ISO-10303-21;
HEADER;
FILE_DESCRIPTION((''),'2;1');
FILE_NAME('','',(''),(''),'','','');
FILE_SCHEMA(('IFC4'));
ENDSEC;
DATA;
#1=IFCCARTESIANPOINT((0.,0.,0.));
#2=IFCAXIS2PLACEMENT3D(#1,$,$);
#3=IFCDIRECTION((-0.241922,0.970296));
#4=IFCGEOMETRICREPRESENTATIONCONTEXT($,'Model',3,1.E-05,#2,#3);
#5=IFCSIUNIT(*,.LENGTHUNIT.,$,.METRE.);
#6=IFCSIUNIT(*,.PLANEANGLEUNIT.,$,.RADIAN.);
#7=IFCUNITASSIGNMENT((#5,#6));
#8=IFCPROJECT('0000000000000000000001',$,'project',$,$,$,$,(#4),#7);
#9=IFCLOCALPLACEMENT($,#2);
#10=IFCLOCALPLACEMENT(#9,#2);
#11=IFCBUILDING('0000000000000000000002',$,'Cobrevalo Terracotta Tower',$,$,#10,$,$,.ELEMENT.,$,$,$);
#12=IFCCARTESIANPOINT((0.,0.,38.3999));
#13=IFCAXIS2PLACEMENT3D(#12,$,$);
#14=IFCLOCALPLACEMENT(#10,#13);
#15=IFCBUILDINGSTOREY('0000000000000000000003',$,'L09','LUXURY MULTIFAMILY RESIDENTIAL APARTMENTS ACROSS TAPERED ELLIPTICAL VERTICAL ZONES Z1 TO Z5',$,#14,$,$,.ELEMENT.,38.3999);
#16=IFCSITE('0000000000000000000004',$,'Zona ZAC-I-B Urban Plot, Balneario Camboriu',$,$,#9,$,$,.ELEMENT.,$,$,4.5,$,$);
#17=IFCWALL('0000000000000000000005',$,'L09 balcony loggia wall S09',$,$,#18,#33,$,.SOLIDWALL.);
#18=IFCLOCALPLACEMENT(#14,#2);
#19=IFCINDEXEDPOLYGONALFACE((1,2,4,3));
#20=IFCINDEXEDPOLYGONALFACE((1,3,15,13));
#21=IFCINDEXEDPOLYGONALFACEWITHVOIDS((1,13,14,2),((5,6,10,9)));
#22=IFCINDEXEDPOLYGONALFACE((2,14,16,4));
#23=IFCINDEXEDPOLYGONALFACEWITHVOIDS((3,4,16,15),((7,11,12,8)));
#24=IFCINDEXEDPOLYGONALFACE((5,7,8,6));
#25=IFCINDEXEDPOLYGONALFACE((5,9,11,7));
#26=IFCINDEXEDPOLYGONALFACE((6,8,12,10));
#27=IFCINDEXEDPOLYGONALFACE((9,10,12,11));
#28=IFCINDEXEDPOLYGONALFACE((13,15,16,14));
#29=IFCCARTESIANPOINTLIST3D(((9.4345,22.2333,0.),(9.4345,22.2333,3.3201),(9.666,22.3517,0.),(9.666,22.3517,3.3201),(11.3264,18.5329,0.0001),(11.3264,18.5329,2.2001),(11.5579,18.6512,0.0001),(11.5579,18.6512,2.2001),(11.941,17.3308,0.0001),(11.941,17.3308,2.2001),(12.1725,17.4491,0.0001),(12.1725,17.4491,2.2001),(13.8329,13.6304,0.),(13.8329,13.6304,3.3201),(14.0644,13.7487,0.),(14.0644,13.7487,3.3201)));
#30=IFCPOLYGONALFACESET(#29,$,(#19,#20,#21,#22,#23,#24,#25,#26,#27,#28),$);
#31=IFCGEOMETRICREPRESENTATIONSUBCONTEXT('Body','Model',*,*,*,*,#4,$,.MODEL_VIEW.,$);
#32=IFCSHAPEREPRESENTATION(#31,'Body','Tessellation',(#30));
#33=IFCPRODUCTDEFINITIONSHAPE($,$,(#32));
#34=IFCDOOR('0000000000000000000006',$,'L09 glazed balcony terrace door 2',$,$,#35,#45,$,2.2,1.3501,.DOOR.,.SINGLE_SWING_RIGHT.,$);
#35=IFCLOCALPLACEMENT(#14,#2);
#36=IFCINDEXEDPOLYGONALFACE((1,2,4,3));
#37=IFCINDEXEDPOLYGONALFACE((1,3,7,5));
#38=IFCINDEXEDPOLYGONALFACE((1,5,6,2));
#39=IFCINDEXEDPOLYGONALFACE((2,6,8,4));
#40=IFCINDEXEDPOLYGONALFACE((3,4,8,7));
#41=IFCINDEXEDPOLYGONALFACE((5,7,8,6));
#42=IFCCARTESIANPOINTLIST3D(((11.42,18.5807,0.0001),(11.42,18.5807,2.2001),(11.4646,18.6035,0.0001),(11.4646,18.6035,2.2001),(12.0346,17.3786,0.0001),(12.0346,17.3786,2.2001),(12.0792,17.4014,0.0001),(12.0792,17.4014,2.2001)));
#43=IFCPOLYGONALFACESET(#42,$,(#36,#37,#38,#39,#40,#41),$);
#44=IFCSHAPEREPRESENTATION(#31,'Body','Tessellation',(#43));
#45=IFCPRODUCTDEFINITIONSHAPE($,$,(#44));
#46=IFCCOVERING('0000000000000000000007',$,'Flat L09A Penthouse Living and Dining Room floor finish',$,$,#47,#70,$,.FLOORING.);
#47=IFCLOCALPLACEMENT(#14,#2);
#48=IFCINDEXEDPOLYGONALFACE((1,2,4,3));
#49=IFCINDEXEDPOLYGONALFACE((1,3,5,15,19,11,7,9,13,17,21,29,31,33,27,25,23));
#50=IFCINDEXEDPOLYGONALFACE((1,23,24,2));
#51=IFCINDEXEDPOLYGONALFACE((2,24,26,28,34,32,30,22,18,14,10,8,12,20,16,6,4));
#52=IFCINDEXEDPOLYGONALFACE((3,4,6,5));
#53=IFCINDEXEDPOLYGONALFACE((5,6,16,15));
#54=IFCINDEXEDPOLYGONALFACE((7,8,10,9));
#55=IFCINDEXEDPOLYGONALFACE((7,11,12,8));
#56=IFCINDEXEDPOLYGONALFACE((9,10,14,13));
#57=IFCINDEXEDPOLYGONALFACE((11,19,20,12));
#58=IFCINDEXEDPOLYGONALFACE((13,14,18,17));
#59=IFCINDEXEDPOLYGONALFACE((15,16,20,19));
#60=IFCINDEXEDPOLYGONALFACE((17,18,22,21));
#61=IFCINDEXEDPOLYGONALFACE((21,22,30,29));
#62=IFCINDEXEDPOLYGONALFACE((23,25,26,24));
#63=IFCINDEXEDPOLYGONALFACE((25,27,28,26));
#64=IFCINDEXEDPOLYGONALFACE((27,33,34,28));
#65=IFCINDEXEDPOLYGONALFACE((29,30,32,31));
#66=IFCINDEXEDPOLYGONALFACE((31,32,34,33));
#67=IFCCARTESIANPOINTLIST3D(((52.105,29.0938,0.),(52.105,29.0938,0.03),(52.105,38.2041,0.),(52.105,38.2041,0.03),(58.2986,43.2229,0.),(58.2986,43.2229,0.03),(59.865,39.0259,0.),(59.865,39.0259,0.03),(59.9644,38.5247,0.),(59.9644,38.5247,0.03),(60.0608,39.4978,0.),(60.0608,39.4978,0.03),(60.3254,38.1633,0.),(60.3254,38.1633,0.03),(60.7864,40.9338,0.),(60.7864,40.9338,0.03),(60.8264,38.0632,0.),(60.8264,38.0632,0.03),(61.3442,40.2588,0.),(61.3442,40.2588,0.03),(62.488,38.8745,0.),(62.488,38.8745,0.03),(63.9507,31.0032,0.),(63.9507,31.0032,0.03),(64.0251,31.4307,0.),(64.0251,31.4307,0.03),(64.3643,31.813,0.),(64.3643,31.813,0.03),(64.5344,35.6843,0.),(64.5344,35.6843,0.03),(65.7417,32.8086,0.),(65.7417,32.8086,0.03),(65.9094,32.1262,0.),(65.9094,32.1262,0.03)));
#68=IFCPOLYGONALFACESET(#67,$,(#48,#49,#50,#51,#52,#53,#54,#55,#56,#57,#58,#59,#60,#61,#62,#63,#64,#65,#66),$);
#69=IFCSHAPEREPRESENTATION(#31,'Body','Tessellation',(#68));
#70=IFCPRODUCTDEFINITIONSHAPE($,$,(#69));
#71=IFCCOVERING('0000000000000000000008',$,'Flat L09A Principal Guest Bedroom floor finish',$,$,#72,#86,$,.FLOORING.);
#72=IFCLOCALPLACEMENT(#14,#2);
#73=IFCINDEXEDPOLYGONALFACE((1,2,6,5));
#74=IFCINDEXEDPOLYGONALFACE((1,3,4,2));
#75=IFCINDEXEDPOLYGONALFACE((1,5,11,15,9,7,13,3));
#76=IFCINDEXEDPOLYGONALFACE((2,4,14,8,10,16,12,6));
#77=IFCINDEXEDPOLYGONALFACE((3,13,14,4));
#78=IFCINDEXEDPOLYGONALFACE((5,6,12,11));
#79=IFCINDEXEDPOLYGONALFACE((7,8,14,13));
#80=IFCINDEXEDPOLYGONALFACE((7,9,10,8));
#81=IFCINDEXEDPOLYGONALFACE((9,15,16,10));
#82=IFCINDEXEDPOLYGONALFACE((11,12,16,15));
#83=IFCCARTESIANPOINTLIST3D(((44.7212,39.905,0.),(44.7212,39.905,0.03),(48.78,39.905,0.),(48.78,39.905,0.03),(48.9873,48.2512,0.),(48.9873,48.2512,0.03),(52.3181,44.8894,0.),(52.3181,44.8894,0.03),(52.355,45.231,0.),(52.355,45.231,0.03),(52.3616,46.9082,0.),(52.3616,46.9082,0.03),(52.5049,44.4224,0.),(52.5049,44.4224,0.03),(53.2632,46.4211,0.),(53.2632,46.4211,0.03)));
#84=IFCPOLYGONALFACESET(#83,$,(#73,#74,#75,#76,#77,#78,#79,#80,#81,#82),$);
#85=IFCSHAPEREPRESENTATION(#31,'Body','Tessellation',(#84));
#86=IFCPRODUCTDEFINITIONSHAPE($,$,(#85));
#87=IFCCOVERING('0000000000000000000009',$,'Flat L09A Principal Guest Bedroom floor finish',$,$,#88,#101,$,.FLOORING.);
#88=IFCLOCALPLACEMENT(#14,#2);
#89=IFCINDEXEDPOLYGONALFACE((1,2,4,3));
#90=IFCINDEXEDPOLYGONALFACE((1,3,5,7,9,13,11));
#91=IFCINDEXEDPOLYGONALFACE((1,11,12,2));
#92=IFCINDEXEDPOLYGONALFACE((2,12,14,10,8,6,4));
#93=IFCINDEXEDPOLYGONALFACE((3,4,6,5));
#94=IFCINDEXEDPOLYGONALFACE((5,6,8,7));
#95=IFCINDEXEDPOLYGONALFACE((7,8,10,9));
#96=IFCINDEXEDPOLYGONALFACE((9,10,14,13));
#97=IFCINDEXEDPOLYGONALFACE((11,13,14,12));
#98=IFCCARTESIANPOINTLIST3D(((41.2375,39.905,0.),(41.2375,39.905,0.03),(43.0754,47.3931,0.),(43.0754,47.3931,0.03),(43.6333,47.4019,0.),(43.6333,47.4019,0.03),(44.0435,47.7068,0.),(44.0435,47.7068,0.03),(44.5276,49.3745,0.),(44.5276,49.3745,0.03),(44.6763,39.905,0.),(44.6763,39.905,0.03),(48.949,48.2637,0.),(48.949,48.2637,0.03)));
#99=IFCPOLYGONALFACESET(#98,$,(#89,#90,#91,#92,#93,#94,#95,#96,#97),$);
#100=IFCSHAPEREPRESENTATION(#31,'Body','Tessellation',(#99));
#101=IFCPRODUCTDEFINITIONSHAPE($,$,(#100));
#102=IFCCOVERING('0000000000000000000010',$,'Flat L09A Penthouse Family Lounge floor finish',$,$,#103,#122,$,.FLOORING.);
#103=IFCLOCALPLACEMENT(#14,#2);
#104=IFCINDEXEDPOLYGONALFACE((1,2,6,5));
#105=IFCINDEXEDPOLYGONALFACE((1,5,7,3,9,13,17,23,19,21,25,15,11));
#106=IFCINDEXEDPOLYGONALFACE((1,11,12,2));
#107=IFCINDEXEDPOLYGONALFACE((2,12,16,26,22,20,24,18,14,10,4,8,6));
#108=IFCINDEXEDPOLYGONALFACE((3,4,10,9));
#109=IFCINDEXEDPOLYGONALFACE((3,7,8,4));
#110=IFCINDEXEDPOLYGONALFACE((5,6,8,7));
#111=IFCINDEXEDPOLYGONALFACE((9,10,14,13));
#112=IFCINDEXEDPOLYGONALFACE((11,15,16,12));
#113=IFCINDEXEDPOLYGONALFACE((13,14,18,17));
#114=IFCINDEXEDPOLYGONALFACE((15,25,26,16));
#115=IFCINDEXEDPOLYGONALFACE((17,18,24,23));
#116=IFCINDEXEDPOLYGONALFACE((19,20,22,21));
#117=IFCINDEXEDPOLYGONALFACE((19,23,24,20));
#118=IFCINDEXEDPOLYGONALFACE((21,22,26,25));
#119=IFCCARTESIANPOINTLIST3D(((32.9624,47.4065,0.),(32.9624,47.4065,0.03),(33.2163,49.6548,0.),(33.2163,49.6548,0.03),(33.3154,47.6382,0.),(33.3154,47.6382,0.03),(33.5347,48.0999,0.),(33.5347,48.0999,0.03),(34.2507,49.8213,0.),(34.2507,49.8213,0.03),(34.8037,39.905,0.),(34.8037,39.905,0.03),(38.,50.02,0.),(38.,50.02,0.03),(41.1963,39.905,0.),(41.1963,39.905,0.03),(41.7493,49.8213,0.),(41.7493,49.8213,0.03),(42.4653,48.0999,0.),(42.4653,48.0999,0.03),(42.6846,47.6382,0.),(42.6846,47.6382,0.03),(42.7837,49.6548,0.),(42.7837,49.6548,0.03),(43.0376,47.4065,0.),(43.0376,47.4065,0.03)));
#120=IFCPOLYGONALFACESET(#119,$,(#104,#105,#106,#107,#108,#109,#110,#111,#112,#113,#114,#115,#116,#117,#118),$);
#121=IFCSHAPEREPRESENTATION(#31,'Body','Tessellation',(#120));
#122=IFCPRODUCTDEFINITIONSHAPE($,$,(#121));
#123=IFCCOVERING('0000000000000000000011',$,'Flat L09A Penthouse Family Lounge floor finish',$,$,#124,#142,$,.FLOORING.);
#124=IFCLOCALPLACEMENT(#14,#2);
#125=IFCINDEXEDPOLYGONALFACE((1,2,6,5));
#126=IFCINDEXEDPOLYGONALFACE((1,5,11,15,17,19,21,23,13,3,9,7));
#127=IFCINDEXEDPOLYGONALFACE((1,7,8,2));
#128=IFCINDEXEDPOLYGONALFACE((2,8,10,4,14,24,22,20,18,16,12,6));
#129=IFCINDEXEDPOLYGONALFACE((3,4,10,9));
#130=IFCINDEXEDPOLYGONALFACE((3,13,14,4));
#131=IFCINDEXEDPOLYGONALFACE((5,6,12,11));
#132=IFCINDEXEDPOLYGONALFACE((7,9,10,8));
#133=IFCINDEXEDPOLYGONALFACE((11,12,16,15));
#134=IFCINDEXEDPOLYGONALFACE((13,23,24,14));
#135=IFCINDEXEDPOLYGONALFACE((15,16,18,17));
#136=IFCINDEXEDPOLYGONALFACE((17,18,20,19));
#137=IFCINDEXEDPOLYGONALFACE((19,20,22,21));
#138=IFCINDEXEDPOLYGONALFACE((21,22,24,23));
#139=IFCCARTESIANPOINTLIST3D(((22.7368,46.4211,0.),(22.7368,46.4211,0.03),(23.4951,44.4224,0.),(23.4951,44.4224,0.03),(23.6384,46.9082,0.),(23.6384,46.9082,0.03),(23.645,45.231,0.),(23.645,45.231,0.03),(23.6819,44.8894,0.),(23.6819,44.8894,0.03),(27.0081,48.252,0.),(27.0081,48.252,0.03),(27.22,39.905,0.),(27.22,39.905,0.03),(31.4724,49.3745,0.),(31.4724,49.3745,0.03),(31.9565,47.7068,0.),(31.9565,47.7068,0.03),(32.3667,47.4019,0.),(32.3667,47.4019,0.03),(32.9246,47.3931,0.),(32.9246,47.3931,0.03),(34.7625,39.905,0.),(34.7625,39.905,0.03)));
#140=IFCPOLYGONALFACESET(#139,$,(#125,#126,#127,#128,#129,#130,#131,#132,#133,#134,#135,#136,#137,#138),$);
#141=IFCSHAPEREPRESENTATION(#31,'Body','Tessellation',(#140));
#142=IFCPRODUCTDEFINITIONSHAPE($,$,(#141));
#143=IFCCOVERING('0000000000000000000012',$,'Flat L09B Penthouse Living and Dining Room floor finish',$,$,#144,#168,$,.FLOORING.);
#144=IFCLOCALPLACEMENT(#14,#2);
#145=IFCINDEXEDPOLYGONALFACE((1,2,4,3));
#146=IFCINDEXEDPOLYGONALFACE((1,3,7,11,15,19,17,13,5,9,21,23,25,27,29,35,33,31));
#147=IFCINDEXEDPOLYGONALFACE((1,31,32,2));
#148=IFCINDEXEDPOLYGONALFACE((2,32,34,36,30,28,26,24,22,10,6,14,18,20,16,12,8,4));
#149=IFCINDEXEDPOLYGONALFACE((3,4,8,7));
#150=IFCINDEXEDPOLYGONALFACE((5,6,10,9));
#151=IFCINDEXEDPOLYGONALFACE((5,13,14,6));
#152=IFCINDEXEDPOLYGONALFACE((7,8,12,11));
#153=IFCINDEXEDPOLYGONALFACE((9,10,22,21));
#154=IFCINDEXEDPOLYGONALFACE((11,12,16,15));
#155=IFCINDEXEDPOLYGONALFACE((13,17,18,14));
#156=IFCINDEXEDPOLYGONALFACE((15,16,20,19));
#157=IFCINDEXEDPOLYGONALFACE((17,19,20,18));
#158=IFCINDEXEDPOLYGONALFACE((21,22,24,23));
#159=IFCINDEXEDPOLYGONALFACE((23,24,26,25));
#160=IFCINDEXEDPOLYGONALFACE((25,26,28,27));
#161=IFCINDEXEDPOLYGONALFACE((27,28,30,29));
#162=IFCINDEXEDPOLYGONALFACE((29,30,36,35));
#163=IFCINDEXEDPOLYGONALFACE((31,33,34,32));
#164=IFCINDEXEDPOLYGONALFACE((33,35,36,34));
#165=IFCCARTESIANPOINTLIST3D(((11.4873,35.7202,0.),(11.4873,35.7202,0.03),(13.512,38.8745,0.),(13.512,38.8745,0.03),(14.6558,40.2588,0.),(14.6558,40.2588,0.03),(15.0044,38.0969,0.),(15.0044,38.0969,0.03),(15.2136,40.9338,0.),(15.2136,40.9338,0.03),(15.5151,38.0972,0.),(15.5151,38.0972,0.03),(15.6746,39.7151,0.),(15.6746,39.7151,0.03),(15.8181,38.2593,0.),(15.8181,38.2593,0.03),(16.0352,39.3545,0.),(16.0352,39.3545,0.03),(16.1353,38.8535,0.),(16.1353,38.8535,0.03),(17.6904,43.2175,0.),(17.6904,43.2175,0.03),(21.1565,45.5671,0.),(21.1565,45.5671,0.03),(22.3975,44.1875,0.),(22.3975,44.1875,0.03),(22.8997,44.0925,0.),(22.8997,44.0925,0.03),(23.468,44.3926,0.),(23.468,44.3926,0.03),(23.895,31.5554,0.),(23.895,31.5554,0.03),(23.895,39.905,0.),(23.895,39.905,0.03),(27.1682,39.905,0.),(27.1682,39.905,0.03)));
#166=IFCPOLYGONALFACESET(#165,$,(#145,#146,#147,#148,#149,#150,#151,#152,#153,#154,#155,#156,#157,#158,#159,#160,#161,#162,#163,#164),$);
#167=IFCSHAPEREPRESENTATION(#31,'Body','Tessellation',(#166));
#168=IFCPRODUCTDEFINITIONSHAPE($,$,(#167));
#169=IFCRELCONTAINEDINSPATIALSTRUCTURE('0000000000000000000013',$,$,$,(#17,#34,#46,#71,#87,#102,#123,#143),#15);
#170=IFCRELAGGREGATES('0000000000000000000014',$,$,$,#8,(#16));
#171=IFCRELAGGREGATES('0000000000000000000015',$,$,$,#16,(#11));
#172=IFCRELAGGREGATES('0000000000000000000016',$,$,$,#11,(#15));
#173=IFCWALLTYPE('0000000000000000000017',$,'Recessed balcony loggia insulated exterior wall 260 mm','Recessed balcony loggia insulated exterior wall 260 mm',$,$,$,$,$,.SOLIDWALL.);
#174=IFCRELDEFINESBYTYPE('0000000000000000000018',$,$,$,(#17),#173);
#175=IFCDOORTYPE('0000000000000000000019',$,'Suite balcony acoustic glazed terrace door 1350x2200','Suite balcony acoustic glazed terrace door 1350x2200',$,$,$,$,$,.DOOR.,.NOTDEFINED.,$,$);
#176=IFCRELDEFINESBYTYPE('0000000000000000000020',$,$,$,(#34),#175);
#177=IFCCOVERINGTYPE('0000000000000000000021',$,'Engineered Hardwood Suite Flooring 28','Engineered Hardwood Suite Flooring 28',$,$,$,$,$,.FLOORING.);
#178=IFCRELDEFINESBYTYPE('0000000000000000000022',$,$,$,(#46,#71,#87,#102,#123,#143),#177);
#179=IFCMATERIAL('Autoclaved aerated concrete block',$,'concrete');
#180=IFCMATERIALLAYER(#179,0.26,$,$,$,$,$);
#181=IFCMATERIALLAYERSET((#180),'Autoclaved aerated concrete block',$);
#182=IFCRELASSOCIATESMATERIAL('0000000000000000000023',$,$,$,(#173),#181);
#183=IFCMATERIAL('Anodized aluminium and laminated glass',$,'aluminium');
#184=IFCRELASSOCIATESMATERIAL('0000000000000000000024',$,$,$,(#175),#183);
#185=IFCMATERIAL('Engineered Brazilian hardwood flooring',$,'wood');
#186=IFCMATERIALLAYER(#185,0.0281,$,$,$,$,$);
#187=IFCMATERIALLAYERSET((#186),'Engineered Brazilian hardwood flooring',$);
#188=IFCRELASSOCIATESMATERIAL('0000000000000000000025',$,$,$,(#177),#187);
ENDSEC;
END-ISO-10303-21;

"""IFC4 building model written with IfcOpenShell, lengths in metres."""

from ifc_helpers import new_model, si_unit, direction, frame, frame_2d, origin, place, context, subcontext, project, spatial, polyline, rectangle, outline, extrude, source, transform, mapped, material, layer, layer_set, type_object, element, fill, save


model = new_model("IFC4")

# Units and contexts
model_context = context("Model", 3, precision=1e-05, world=origin(), true_north=direction((-0.241922, 0.970296)))
body_context = subcontext(model_context, "Body", "Model", "MODEL_VIEW")
ifc_project = project(units=[si_unit("LENGTHUNIT", "METRE"), si_unit("PLANEANGLEUNIT", "RADIAN")], contexts=[model_context])

# Site, building, storey
site_placement = place(None, origin())
site = spatial("IfcSite", under=ifc_project, at=site_placement, Name="Zona ZAC-I-B Urban Plot, Balneario Camboriu", CompositionType="ELEMENT", RefElevation=4.5)
building_placement = place(site_placement, origin())
building = spatial("IfcBuilding", under=site, at=building_placement, Name="Cobrevalo Terracotta Tower", CompositionType="ELEMENT")
storey_placement = place(building_placement, frame((0.0, 0.0, 38.3999)))
storey = spatial("IfcBuildingStorey", under=building, at=storey_placement, Name="L09", Description="LUXURY MULTIFAMILY RESIDENTIAL APARTMENTS ACROSS TAPERED ELLIPTICAL VERTICAL ZONES Z1 TO Z5", CompositionType="ELEMENT", Elevation=38.3999)

# Wall, opening, door
ifc_material_1 = material(Name="Autoclaved aerated concrete block", Category="concrete")
ifc_layer_1 = layer(ifc_material_1, 0.26)
ifc_layer_set_1 = layer_set([ifc_layer_1], Name="Autoclaved aerated concrete block")
wall_type = type_object("IfcWallType", Name="Recessed balcony loggia insulated exterior wall 260 mm", Description="Recessed balcony loggia insulated exterior wall 260 mm", PredefinedType="SOLIDWALL", material=ifc_layer_set_1)
wall_placement = place(storey_placement, frame((9.5503, 22.2925, 0.0), z_axis=(0.0, 0.0, 1.0), x_axis=(0.455221, -0.890379, 0.0)))
wall = element("IfcWall", 1, at=wall_placement, inside=storey, type_object=wall_type, Name="L09 balcony loggia wall S09", PredefinedType="SOLIDWALL", context=body_context, shape_type="SweptSolid", body=[
    extrude(rectangle(XDim=9.6621, YDim=0.26, at=frame_2d((4.8311, 0.0))), origin(), (0.0, 0.0, 1.0), 3.3201),
])
opening_placement = place(wall_placement, frame((4.156, 0.0, 0.0)))
opening = element("IfcOpeningElement", 2, at=opening_placement, cuts=wall, PredefinedType="OPENING", context=body_context, shape_type="SweptSolid", body=[
    extrude(rectangle(XDim=1.3501, YDim=2.2, at=frame_2d((0.675, 1.1001))), frame((0.0, 0.1401, 0.0), z_axis=(0.0, -1.0, 0.0), x_axis=(1.0, 0.0, 0.0)), (0.0, 0.0, 1.0), 0.28),
])
ifc_material_2 = material(Name="Anodized aluminium and laminated glass", Category="aluminium")
door_type = type_object("IfcDoorType", Name="Suite balcony acoustic glazed terrace door 1350x2200", Description="Suite balcony acoustic glazed terrace door 1350x2200", OperationType="NOTDEFINED", PredefinedType="DOOR", material=ifc_material_2)
shared_shape_1 = source(origin(), body_context, "Body", "SweptSolid", [
    extrude(rectangle(XDim=1.3501, YDim=2.2, at=frame_2d((0.675, 1.1001))), frame((0.0, 0.0249, 0.0), z_axis=(0.0, -1.0, 0.0), x_axis=(1.0, 0.0, 0.0)), (0.0, 0.0, 1.0), 0.05),
])
door_placement = place(opening_placement, frame((1.3501, 0.0, 0.0), z_axis=(0.0, 0.0, 1.0), x_axis=(-1.0, 0.0, 0.0)))
door = element("IfcDoor", 3, at=door_placement, inside=storey, type_object=door_type, Name="L09 glazed balcony terrace door 2", OperationType="SINGLE_SWING_RIGHT", OverallHeight=2.2, OverallWidth=1.3501, PredefinedType="DOOR", context=body_context, shape_type="MappedRepresentation", body=[
    mapped(shared_shape_1, transform((0.0, 0.0, 0.0), scale=1.0)),
])
fill(opening, door)

# Coverings
ifc_material_3 = material(Name="Engineered Brazilian hardwood flooring", Category="wood")
ifc_layer_2 = layer(ifc_material_3, 0.0281)
ifc_layer_set_2 = layer_set([ifc_layer_2], Name="Engineered Brazilian hardwood flooring")
covering_type_1 = type_object("IfcCoveringType", Name="Engineered Hardwood Suite Flooring 28", Description="Engineered Hardwood Suite Flooring 28", PredefinedType="FLOORING", material=ifc_layer_set_2)
covering_1_placement = place(storey_placement, origin())
element("IfcCovering", 4, at=covering_1_placement, inside=storey, type_object=covering_type_1, Name="Flat L09A Penthouse Living and Dining Room floor finish", PredefinedType="FLOORING", context=body_context, shape_type="SweptSolid", body=[
    extrude(outline(polyline([(60.7864, 40.9338), (61.3442, 40.2588), (60.0608, 39.4978), (59.865, 39.0259), (59.9644, 38.5247), (60.3254, 38.1633), (60.8264, 38.0632), (62.488, 38.8745), (64.5344, 35.6843), (65.7417, 32.8086), (65.9094, 32.1262), (64.3643, 31.813), (64.0251, 31.4307), (63.9507, 31.0032), (52.105, 29.0938), (52.105, 38.2041), (58.2986, 43.2229), (60.7864, 40.9338)])), origin(), (0.0, 0.0, 1.0), 0.03),
])
covering_2_placement = place(storey_placement, origin())
element("IfcCovering", 5, at=covering_2_placement, inside=storey, type_object=covering_type_1, Name="Flat L09A Principal Guest Bedroom floor finish", PredefinedType="FLOORING", context=body_context, shape_type="SweptSolid", body=[
    extrude(outline(polyline([(52.3616, 46.9082), (53.2632, 46.4211), (52.355, 45.231), (52.3181, 44.8894), (52.5049, 44.4224), (48.78, 39.905), (44.7212, 39.905), (48.9873, 48.2512), (52.3616, 46.9082)])), origin(), (0.0, 0.0, 1.0), 0.03),
])
covering_3_placement = place(storey_placement, origin())
element("IfcCovering", 6, at=covering_3_placement, inside=storey, type_object=covering_type_1, Name="Flat L09A Principal Guest Bedroom floor finish", PredefinedType="FLOORING", context=body_context, shape_type="SweptSolid", body=[
    extrude(outline(polyline([(48.949, 48.2637), (44.6763, 39.905), (41.2375, 39.905), (43.0754, 47.3931), (43.6333, 47.4019), (44.0435, 47.7068), (44.5276, 49.3745), (48.949, 48.2637)])), origin(), (0.0, 0.0, 1.0), 0.03),
])
covering_4_placement = place(storey_placement, origin())
element("IfcCovering", 7, at=covering_4_placement, inside=storey, type_object=covering_type_1, Name="Flat L09A Penthouse Family Lounge floor finish", PredefinedType="FLOORING", context=body_context, shape_type="SweptSolid", body=[
    extrude(outline(polyline([(38.0, 50.02), (41.7493, 49.8213), (42.7837, 49.6548), (42.4653, 48.0999), (42.6846, 47.6382), (43.0376, 47.4065), (41.1963, 39.905), (34.8037, 39.905), (32.9624, 47.4065), (33.3154, 47.6382), (33.5347, 48.0999), (33.2163, 49.6548), (34.2507, 49.8213), (38.0, 50.02)])), origin(), (0.0, 0.0, 1.0), 0.03),
])
covering_5_placement = place(storey_placement, origin())
element("IfcCovering", 8, at=covering_5_placement, inside=storey, type_object=covering_type_1, Name="Flat L09A Penthouse Family Lounge floor finish", PredefinedType="FLOORING", context=body_context, shape_type="SweptSolid", body=[
    extrude(outline(polyline([(23.4951, 44.4224), (23.6819, 44.8894), (23.645, 45.231), (22.7368, 46.4211), (23.6384, 46.9082), (27.0081, 48.252), (31.4724, 49.3745), (31.9565, 47.7068), (32.3667, 47.4019), (32.9246, 47.3931), (34.7625, 39.905), (27.22, 39.905), (23.4951, 44.4224)])), origin(), (0.0, 0.0, 1.0), 0.03),
])
covering_6_placement = place(storey_placement, origin())
element("IfcCovering", 9, at=covering_6_placement, inside=storey, type_object=covering_type_1, Name="Flat L09B Penthouse Living and Dining Room floor finish", PredefinedType="FLOORING", context=body_context, shape_type="SweptSolid", body=[
    extrude(outline(polyline([(13.512, 38.8745), (15.0044, 38.0969), (15.5151, 38.0972), (15.8181, 38.2593), (16.1353, 38.8535), (16.0352, 39.3545), (15.6746, 39.7151), (14.6558, 40.2588), (15.2136, 40.9338), (17.6904, 43.2175), (21.1565, 45.5671), (22.3975, 44.1875), (22.8997, 44.0925), (23.468, 44.3926), (27.1682, 39.905), (23.895, 39.905), (23.895, 31.5554), (11.4873, 35.7202), (13.512, 38.8745)])), origin(), (0.0, 0.0, 1.0), 0.03),
])

save(model, "model.ifc")
